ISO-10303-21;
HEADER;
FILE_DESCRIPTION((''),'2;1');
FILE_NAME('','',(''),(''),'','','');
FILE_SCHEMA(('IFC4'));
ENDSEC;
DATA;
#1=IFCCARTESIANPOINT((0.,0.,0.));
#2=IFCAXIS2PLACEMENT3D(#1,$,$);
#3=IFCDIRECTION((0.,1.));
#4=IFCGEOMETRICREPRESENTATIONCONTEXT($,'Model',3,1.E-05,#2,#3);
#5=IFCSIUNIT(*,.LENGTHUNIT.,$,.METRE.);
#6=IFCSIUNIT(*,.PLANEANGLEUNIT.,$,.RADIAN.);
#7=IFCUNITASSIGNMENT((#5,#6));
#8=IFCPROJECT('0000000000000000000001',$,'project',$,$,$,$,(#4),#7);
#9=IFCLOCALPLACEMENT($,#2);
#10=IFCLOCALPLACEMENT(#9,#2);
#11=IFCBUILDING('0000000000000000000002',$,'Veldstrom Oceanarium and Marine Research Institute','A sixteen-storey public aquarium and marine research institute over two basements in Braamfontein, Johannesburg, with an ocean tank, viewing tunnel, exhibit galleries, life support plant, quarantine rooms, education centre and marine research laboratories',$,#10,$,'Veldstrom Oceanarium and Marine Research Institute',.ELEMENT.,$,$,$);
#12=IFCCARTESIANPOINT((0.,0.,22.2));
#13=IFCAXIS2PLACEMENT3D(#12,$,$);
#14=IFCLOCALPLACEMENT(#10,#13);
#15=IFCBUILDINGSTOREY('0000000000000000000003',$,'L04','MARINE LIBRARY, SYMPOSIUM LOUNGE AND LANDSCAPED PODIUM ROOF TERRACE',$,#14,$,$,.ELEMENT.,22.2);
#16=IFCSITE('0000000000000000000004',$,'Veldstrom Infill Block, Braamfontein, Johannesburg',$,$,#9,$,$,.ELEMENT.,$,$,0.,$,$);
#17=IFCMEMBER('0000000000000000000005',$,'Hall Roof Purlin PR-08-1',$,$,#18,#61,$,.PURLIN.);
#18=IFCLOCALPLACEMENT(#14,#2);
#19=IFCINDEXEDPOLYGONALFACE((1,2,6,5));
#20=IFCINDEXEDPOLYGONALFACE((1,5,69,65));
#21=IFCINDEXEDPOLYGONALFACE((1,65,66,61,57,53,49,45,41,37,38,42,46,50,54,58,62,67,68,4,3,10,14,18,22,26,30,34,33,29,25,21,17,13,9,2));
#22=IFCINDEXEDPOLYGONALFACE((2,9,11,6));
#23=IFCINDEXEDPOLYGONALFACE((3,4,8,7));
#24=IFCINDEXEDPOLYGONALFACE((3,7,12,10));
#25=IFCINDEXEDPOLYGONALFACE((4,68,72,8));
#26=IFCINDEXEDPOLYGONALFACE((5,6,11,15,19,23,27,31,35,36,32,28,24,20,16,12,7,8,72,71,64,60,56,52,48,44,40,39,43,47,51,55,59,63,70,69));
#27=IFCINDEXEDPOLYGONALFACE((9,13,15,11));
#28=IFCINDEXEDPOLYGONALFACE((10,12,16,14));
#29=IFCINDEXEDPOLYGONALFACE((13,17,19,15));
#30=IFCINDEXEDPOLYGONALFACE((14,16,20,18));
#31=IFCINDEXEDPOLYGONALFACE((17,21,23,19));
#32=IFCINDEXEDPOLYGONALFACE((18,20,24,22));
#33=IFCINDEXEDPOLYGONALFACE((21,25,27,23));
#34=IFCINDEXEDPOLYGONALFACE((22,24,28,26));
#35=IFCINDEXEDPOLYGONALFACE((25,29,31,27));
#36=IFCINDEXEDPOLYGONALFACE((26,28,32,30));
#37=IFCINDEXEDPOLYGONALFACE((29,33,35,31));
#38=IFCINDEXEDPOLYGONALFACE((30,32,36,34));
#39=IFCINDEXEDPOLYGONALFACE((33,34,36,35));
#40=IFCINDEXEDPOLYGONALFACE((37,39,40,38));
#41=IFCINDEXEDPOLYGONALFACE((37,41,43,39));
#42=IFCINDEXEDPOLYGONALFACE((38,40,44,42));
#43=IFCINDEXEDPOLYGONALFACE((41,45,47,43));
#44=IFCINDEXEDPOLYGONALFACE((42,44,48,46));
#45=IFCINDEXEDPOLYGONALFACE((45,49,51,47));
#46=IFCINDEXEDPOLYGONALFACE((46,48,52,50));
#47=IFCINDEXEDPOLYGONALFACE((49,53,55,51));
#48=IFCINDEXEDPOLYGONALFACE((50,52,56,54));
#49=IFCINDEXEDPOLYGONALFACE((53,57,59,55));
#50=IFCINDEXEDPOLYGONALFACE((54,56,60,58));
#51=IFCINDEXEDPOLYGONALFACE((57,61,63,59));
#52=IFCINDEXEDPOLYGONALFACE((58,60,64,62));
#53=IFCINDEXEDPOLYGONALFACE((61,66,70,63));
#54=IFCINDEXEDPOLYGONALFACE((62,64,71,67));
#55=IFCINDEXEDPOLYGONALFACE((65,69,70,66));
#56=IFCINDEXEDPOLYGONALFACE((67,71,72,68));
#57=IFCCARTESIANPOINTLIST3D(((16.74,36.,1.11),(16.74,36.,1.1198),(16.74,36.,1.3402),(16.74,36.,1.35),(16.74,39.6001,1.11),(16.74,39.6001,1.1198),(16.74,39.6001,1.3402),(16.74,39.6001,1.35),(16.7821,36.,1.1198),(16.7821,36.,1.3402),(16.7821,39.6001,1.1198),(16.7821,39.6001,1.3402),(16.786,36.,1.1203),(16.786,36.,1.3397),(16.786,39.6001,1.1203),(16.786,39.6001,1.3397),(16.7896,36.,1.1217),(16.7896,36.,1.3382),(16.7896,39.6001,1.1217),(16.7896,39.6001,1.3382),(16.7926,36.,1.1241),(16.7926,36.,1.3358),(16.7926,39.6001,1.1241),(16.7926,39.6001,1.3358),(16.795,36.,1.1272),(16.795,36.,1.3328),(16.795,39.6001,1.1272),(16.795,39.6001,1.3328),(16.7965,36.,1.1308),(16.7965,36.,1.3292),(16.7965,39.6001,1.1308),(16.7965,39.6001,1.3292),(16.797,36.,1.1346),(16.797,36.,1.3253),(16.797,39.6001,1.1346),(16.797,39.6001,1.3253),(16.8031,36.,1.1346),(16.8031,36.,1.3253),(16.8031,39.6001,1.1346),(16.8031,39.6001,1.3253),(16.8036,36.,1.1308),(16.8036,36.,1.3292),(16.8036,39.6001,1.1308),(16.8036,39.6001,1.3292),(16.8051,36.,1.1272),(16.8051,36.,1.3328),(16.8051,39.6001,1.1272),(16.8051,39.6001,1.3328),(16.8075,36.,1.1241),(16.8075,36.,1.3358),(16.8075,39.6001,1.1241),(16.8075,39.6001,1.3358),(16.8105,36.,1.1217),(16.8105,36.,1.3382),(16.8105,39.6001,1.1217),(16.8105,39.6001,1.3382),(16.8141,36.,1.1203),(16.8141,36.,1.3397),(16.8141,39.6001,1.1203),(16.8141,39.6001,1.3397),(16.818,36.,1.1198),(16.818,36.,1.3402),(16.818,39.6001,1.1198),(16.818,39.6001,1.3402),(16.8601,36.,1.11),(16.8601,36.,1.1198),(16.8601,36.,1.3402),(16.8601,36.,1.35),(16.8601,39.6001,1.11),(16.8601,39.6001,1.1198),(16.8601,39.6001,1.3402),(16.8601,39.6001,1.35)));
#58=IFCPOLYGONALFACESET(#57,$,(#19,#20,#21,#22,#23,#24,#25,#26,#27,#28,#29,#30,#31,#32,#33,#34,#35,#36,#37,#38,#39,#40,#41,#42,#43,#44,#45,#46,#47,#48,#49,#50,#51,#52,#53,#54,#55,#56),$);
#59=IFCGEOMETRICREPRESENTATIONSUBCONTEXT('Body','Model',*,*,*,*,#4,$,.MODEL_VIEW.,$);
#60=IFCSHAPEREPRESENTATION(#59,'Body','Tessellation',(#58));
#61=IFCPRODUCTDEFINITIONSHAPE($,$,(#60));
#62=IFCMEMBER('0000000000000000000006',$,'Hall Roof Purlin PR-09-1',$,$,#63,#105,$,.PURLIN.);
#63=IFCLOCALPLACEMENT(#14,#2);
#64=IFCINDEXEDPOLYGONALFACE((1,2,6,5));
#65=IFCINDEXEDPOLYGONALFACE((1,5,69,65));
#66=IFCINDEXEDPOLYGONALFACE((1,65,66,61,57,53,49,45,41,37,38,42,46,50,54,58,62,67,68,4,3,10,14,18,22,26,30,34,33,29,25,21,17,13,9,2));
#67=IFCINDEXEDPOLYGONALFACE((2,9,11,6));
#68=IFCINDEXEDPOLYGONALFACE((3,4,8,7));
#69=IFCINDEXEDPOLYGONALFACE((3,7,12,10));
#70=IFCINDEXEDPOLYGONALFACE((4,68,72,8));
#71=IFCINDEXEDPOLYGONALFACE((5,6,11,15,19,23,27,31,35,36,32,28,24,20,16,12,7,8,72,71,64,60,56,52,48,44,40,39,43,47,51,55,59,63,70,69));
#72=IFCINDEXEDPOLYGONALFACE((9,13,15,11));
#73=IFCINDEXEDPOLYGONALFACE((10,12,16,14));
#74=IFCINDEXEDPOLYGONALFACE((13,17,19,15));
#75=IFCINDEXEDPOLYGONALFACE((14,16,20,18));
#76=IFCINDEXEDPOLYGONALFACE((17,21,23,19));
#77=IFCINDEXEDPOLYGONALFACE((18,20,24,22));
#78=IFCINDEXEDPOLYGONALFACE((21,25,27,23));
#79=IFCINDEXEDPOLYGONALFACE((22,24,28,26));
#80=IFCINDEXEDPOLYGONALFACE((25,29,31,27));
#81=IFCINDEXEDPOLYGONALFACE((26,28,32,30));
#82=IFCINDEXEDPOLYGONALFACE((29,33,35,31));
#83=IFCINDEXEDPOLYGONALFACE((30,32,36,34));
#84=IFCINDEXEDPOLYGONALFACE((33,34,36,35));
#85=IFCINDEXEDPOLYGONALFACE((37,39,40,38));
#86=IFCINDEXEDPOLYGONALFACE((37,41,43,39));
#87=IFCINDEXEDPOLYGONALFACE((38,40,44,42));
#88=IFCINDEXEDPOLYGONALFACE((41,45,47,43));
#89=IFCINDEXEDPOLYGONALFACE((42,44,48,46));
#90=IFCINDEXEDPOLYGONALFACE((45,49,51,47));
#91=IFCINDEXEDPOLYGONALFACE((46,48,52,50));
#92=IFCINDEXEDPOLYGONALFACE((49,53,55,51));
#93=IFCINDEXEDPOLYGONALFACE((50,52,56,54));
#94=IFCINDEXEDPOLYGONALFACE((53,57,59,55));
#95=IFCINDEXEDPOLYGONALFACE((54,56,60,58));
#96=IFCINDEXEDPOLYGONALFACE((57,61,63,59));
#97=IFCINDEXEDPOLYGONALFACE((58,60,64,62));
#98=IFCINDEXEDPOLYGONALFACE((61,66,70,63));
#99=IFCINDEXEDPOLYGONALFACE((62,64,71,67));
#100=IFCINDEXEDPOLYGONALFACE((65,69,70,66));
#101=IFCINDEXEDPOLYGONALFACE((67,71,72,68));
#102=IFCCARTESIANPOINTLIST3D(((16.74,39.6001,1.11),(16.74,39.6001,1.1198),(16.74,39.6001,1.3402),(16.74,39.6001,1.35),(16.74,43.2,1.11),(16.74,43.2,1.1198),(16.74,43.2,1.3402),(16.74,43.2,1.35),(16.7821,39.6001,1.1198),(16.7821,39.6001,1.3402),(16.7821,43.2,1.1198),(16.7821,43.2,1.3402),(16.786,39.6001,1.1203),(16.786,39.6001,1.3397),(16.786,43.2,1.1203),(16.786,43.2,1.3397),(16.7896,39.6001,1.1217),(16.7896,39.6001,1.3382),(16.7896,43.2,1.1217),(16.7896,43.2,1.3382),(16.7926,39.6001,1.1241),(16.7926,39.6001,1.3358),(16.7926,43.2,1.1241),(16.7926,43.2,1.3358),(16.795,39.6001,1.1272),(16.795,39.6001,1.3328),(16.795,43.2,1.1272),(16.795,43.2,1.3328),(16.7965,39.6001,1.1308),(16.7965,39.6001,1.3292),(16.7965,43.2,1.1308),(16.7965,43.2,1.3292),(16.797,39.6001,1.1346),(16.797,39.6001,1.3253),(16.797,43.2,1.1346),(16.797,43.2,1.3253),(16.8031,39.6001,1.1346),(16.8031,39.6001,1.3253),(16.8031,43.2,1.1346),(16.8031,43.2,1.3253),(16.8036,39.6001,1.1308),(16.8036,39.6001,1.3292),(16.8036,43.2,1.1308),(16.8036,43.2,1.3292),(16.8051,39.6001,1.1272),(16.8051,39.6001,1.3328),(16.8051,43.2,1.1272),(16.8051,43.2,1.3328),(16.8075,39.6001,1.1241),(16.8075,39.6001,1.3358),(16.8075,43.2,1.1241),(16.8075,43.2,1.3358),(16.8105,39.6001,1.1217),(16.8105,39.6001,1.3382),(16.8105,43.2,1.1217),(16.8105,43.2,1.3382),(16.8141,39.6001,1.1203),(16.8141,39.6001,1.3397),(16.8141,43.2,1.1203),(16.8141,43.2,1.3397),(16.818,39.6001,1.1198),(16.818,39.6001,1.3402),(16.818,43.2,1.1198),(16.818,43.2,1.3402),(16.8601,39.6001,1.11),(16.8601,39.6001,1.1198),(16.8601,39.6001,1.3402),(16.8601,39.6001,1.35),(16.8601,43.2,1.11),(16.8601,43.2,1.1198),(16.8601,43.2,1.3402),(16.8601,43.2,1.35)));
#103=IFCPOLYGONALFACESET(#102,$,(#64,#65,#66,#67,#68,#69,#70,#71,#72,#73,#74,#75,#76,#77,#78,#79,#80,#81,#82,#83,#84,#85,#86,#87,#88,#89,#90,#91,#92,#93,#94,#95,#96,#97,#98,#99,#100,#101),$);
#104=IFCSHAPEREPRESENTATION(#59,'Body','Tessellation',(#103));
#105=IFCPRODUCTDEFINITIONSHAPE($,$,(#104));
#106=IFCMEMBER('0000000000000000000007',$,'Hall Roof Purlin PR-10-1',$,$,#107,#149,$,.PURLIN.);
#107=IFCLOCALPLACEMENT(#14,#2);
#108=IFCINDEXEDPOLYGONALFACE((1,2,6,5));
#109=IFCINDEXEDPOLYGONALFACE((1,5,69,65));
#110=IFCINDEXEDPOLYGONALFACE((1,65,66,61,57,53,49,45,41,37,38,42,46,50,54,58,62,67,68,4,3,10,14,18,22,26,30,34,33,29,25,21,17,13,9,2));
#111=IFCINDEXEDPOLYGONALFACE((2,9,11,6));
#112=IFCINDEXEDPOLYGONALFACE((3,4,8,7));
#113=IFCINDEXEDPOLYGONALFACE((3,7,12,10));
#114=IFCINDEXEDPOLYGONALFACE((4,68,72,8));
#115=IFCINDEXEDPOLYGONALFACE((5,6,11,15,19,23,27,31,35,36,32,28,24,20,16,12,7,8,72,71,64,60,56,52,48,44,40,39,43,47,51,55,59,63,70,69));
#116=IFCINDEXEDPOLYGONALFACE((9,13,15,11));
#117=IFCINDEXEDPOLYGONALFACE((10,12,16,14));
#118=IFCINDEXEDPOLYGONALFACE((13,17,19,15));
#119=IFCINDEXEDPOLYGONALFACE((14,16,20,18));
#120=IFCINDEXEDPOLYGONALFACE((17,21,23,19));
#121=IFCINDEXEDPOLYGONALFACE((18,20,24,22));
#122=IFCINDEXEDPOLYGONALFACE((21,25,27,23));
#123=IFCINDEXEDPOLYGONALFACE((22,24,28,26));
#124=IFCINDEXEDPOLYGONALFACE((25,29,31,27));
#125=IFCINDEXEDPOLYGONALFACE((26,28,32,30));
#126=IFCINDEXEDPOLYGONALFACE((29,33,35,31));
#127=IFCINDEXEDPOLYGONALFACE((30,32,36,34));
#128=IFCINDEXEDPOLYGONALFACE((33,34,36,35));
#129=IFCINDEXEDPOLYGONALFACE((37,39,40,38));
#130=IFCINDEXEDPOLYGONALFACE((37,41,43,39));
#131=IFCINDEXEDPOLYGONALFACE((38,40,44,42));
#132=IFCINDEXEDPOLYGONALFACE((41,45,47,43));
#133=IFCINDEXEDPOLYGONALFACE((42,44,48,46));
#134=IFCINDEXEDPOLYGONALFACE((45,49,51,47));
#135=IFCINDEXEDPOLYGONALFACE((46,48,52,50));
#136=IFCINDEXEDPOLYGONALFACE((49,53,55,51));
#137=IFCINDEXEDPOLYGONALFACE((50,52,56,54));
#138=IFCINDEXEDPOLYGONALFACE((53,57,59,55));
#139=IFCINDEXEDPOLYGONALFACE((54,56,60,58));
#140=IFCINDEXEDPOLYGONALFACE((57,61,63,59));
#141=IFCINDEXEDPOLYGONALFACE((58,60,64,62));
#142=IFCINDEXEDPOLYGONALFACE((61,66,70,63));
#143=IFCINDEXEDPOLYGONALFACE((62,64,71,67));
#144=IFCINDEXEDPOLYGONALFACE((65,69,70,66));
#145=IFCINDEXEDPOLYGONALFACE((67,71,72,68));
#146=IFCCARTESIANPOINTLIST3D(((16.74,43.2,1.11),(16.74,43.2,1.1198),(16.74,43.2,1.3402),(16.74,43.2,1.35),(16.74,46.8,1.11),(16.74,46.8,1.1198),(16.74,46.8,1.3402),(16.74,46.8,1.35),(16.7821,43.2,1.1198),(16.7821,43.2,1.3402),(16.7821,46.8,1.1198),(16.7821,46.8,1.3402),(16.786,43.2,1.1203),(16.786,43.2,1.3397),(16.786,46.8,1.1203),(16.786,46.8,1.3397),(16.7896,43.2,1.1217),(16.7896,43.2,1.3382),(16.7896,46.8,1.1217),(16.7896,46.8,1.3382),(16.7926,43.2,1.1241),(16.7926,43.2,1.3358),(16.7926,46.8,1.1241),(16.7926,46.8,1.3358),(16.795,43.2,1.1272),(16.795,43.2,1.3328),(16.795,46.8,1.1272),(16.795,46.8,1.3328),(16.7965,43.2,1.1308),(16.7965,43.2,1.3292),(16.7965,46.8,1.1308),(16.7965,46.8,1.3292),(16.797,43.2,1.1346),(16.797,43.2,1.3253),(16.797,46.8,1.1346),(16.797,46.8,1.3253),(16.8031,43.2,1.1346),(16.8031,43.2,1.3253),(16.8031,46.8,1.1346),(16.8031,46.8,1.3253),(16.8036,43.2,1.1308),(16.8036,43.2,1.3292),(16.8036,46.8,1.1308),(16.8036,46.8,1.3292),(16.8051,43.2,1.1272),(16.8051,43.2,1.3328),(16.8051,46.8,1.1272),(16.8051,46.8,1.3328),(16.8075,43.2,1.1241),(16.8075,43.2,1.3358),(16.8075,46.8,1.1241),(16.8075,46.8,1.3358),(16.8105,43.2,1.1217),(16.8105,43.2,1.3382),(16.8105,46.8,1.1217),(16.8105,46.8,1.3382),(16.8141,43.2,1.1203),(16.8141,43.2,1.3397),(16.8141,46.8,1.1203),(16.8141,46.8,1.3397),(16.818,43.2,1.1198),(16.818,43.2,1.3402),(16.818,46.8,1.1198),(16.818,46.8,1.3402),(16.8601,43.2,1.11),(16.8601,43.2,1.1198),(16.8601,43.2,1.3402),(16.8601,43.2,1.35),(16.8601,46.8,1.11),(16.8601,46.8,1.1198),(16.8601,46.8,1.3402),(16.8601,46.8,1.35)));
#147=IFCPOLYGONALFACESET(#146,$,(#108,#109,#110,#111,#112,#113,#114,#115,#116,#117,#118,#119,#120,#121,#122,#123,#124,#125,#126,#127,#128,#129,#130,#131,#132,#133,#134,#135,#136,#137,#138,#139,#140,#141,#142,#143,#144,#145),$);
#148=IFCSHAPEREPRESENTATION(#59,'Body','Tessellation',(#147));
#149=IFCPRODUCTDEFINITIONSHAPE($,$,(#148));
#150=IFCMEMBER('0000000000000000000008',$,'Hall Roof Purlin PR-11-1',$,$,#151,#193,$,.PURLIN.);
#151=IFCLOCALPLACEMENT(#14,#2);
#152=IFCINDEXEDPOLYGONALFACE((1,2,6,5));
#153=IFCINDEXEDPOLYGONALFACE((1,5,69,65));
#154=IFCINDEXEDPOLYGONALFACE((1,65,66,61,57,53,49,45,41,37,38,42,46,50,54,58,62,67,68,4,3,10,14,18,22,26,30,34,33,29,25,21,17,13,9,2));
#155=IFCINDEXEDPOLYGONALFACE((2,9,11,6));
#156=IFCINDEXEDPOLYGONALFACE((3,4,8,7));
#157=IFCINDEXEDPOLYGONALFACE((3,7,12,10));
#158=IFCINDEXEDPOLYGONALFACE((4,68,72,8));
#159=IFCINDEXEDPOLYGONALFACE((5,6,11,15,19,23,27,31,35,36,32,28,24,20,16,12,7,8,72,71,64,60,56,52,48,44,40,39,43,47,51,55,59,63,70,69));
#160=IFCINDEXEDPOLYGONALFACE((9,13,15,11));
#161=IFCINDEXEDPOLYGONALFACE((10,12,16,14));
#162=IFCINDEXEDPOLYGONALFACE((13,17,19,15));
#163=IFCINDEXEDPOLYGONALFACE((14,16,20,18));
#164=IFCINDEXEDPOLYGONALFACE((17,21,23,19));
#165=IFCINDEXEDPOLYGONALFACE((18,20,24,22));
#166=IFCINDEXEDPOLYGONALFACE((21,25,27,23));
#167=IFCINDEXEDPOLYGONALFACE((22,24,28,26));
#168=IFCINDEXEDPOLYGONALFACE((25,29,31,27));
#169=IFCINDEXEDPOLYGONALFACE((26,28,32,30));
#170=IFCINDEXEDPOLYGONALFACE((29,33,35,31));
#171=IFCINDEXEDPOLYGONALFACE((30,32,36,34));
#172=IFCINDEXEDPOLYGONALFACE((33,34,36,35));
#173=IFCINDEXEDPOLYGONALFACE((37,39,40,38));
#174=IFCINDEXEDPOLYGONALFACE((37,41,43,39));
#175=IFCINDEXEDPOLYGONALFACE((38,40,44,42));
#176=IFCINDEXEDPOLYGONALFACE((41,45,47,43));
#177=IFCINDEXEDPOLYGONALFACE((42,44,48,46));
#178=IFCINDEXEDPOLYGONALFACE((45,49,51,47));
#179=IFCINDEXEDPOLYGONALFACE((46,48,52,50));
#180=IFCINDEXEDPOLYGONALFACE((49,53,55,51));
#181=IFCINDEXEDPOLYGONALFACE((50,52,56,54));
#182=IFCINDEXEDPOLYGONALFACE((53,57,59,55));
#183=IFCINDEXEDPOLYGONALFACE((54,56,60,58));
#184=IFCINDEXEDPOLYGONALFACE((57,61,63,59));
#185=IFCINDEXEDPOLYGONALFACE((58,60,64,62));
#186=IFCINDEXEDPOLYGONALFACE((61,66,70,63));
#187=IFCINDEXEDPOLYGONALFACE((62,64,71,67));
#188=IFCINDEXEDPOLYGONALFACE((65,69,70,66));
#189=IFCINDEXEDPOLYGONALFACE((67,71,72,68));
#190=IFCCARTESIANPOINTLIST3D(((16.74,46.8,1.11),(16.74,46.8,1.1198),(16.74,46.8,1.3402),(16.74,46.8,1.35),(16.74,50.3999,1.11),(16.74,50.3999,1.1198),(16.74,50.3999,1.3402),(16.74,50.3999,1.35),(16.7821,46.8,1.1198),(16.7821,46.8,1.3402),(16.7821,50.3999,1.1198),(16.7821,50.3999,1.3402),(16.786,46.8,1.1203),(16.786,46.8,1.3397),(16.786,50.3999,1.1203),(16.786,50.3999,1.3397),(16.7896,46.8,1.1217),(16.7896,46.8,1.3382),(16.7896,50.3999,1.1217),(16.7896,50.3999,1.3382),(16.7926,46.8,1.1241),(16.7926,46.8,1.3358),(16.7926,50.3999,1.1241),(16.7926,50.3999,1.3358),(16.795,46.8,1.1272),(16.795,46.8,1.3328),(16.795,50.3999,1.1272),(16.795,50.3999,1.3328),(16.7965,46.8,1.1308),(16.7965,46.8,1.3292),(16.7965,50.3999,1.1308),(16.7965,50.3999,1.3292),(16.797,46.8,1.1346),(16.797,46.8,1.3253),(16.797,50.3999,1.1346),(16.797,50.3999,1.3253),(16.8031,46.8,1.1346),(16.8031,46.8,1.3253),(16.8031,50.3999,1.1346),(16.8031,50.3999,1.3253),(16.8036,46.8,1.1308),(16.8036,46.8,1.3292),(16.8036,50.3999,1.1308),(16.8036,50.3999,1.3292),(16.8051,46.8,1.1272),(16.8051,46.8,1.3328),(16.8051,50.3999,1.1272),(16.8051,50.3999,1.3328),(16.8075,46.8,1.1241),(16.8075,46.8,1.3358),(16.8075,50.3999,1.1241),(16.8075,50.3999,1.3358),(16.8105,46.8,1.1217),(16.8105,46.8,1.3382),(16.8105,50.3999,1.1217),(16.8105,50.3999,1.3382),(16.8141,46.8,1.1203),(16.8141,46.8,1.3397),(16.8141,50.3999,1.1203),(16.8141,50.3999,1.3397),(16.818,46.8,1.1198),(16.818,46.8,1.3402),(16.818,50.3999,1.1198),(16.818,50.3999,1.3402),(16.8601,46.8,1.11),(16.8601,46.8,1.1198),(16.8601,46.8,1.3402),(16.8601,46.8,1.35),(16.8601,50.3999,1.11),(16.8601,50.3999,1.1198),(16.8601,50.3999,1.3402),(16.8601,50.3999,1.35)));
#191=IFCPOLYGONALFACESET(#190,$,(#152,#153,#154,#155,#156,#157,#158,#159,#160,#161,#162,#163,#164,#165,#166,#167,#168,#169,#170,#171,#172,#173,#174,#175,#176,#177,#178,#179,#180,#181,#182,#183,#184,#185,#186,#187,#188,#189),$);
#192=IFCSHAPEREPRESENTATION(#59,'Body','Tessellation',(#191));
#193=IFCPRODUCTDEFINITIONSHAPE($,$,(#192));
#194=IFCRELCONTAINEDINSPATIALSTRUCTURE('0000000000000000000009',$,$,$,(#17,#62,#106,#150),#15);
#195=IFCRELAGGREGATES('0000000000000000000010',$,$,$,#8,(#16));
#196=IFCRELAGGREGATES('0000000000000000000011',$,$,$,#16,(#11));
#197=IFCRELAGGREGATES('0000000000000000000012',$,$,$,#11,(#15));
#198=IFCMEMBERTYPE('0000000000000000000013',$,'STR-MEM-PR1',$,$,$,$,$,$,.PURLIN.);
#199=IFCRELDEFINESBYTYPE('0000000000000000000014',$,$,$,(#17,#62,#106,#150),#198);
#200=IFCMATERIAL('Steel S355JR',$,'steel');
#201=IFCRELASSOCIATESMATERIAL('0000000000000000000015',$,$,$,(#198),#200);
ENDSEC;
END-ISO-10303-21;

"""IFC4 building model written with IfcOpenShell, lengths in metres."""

from ifc_helpers import new_model, si_unit, direction, frame, origin, origin_2d, place, context, subcontext, project, spatial, i_section, extrude, material, material_profile, profile_set, type_object, element, save


model = new_model("IFC4")

# Units and contexts
model_context = context("Model", 3, precision=1e-05, world=origin(), true_north=direction((0.0, 1.0)))
body_context = subcontext(model_context, "Body", "Model", "MODEL_VIEW")
ifc_project = project(units=[si_unit("LENGTHUNIT", "METRE"), si_unit("PLANEANGLEUNIT", "RADIAN")], contexts=[model_context])

# Site, building, storey
site_placement = place(None, origin())
site = spatial("IfcSite", under=ifc_project, at=site_placement, Name="Veldstrom Infill Block, Braamfontein, Johannesburg", CompositionType="ELEMENT", RefElevation=0.0)
building_placement = place(site_placement, origin())
building = spatial("IfcBuilding", under=site, at=building_placement, Name="Veldstrom Oceanarium and Marine Research Institute", Description="A sixteen-storey public aquarium and marine research institute over two basements in Braamfontein, Johannesburg, with an ocean tank, viewing tunnel, exhibit galleries, life support plant, quarantine rooms, education centre and marine research laboratories", LongName="Veldstrom Oceanarium and Marine Research Institute", CompositionType="ELEMENT")
storey_placement = place(building_placement, frame((0.0, 0.0, 22.2)))
storey = spatial("IfcBuildingStorey", under=building, at=storey_placement, Name="L04", Description="MARINE LIBRARY, SYMPOSIUM LOUNGE AND LANDSCAPED PODIUM ROOF TERRACE", CompositionType="ELEMENT", Elevation=22.2)

# Members
ifc_material_1 = material(Name="Steel S355JR", Category="steel")
ifc_material_profile_1 = material_profile(ifc_material_1, i_section(OverallWidth=0.1201, OverallDepth=0.24, WebThickness=0.0061, FlangeThickness=0.0098, FilletRadius=0.0149, at=origin_2d()), Name="IPE 240")
ifc_profile_set_1 = profile_set([ifc_material_profile_1], Name="Steel S355JR")
member_type_1 = type_object("IfcMemberType", Name="STR-MEM-PR1", PredefinedType="PURLIN", material=ifc_profile_set_1)
member_1_placement = place(storey_placement, frame((16.8, 36.0, 1.23), z_axis=(0.0, 1.0, 0.0), x_axis=(-1.0, 0.0, 0.0)))
element("IfcMember", 1, at=member_1_placement, inside=storey, type_object=member_type_1, Name="Hall Roof Purlin PR-08-1", PredefinedType="PURLIN", context=body_context, shape_type="SweptSolid", body=[
    extrude(i_section(OverallWidth=0.1201, OverallDepth=0.24, WebThickness=0.0061, FlangeThickness=0.0098, FilletRadius=0.0149, at=origin_2d()), origin(), (0.0, 0.0, 1.0), 3.6001),
])
member_2_placement = place(storey_placement, frame((16.8, 39.6001, 1.23), z_axis=(0.0, 1.0, 0.0), x_axis=(-1.0, 0.0, 0.0)))
element("IfcMember", 2, at=member_2_placement, inside=storey, type_object=member_type_1, Name="Hall Roof Purlin PR-09-1", PredefinedType="PURLIN", context=body_context, shape_type="SweptSolid", body=[
    extrude(i_section(OverallWidth=0.1201, OverallDepth=0.24, WebThickness=0.0061, FlangeThickness=0.0098, FilletRadius=0.0149, at=origin_2d()), origin(), (0.0, 0.0, 1.0), 3.5999),
])
member_3_placement = place(storey_placement, frame((16.8, 43.2, 1.23), z_axis=(0.0, 1.0, 0.0), x_axis=(-1.0, 0.0, 0.0)))
element("IfcMember", 3, at=member_3_placement, inside=storey, type_object=member_type_1, Name="Hall Roof Purlin PR-10-1", PredefinedType="PURLIN", context=body_context, shape_type="SweptSolid", body=[
    extrude(i_section(OverallWidth=0.1201, OverallDepth=0.24, WebThickness=0.0061, FlangeThickness=0.0098, FilletRadius=0.0149, at=origin_2d()), origin(), (0.0, 0.0, 1.0), 3.6001),
])
member_4_placement = place(storey_placement, frame((16.8, 46.8, 1.23), z_axis=(0.0, 1.0, 0.0), x_axis=(-1.0, 0.0, 0.0)))
element("IfcMember", 4, at=member_4_placement, inside=storey, type_object=member_type_1, Name="Hall Roof Purlin PR-11-1", PredefinedType="PURLIN", context=body_context, shape_type="SweptSolid", body=[
    extrude(i_section(OverallWidth=0.1201, OverallDepth=0.24, WebThickness=0.0061, FlangeThickness=0.0098, FilletRadius=0.0149, at=origin_2d()), origin(), (0.0, 0.0, 1.0), 3.5999),
])

save(model, "model.ifc")
